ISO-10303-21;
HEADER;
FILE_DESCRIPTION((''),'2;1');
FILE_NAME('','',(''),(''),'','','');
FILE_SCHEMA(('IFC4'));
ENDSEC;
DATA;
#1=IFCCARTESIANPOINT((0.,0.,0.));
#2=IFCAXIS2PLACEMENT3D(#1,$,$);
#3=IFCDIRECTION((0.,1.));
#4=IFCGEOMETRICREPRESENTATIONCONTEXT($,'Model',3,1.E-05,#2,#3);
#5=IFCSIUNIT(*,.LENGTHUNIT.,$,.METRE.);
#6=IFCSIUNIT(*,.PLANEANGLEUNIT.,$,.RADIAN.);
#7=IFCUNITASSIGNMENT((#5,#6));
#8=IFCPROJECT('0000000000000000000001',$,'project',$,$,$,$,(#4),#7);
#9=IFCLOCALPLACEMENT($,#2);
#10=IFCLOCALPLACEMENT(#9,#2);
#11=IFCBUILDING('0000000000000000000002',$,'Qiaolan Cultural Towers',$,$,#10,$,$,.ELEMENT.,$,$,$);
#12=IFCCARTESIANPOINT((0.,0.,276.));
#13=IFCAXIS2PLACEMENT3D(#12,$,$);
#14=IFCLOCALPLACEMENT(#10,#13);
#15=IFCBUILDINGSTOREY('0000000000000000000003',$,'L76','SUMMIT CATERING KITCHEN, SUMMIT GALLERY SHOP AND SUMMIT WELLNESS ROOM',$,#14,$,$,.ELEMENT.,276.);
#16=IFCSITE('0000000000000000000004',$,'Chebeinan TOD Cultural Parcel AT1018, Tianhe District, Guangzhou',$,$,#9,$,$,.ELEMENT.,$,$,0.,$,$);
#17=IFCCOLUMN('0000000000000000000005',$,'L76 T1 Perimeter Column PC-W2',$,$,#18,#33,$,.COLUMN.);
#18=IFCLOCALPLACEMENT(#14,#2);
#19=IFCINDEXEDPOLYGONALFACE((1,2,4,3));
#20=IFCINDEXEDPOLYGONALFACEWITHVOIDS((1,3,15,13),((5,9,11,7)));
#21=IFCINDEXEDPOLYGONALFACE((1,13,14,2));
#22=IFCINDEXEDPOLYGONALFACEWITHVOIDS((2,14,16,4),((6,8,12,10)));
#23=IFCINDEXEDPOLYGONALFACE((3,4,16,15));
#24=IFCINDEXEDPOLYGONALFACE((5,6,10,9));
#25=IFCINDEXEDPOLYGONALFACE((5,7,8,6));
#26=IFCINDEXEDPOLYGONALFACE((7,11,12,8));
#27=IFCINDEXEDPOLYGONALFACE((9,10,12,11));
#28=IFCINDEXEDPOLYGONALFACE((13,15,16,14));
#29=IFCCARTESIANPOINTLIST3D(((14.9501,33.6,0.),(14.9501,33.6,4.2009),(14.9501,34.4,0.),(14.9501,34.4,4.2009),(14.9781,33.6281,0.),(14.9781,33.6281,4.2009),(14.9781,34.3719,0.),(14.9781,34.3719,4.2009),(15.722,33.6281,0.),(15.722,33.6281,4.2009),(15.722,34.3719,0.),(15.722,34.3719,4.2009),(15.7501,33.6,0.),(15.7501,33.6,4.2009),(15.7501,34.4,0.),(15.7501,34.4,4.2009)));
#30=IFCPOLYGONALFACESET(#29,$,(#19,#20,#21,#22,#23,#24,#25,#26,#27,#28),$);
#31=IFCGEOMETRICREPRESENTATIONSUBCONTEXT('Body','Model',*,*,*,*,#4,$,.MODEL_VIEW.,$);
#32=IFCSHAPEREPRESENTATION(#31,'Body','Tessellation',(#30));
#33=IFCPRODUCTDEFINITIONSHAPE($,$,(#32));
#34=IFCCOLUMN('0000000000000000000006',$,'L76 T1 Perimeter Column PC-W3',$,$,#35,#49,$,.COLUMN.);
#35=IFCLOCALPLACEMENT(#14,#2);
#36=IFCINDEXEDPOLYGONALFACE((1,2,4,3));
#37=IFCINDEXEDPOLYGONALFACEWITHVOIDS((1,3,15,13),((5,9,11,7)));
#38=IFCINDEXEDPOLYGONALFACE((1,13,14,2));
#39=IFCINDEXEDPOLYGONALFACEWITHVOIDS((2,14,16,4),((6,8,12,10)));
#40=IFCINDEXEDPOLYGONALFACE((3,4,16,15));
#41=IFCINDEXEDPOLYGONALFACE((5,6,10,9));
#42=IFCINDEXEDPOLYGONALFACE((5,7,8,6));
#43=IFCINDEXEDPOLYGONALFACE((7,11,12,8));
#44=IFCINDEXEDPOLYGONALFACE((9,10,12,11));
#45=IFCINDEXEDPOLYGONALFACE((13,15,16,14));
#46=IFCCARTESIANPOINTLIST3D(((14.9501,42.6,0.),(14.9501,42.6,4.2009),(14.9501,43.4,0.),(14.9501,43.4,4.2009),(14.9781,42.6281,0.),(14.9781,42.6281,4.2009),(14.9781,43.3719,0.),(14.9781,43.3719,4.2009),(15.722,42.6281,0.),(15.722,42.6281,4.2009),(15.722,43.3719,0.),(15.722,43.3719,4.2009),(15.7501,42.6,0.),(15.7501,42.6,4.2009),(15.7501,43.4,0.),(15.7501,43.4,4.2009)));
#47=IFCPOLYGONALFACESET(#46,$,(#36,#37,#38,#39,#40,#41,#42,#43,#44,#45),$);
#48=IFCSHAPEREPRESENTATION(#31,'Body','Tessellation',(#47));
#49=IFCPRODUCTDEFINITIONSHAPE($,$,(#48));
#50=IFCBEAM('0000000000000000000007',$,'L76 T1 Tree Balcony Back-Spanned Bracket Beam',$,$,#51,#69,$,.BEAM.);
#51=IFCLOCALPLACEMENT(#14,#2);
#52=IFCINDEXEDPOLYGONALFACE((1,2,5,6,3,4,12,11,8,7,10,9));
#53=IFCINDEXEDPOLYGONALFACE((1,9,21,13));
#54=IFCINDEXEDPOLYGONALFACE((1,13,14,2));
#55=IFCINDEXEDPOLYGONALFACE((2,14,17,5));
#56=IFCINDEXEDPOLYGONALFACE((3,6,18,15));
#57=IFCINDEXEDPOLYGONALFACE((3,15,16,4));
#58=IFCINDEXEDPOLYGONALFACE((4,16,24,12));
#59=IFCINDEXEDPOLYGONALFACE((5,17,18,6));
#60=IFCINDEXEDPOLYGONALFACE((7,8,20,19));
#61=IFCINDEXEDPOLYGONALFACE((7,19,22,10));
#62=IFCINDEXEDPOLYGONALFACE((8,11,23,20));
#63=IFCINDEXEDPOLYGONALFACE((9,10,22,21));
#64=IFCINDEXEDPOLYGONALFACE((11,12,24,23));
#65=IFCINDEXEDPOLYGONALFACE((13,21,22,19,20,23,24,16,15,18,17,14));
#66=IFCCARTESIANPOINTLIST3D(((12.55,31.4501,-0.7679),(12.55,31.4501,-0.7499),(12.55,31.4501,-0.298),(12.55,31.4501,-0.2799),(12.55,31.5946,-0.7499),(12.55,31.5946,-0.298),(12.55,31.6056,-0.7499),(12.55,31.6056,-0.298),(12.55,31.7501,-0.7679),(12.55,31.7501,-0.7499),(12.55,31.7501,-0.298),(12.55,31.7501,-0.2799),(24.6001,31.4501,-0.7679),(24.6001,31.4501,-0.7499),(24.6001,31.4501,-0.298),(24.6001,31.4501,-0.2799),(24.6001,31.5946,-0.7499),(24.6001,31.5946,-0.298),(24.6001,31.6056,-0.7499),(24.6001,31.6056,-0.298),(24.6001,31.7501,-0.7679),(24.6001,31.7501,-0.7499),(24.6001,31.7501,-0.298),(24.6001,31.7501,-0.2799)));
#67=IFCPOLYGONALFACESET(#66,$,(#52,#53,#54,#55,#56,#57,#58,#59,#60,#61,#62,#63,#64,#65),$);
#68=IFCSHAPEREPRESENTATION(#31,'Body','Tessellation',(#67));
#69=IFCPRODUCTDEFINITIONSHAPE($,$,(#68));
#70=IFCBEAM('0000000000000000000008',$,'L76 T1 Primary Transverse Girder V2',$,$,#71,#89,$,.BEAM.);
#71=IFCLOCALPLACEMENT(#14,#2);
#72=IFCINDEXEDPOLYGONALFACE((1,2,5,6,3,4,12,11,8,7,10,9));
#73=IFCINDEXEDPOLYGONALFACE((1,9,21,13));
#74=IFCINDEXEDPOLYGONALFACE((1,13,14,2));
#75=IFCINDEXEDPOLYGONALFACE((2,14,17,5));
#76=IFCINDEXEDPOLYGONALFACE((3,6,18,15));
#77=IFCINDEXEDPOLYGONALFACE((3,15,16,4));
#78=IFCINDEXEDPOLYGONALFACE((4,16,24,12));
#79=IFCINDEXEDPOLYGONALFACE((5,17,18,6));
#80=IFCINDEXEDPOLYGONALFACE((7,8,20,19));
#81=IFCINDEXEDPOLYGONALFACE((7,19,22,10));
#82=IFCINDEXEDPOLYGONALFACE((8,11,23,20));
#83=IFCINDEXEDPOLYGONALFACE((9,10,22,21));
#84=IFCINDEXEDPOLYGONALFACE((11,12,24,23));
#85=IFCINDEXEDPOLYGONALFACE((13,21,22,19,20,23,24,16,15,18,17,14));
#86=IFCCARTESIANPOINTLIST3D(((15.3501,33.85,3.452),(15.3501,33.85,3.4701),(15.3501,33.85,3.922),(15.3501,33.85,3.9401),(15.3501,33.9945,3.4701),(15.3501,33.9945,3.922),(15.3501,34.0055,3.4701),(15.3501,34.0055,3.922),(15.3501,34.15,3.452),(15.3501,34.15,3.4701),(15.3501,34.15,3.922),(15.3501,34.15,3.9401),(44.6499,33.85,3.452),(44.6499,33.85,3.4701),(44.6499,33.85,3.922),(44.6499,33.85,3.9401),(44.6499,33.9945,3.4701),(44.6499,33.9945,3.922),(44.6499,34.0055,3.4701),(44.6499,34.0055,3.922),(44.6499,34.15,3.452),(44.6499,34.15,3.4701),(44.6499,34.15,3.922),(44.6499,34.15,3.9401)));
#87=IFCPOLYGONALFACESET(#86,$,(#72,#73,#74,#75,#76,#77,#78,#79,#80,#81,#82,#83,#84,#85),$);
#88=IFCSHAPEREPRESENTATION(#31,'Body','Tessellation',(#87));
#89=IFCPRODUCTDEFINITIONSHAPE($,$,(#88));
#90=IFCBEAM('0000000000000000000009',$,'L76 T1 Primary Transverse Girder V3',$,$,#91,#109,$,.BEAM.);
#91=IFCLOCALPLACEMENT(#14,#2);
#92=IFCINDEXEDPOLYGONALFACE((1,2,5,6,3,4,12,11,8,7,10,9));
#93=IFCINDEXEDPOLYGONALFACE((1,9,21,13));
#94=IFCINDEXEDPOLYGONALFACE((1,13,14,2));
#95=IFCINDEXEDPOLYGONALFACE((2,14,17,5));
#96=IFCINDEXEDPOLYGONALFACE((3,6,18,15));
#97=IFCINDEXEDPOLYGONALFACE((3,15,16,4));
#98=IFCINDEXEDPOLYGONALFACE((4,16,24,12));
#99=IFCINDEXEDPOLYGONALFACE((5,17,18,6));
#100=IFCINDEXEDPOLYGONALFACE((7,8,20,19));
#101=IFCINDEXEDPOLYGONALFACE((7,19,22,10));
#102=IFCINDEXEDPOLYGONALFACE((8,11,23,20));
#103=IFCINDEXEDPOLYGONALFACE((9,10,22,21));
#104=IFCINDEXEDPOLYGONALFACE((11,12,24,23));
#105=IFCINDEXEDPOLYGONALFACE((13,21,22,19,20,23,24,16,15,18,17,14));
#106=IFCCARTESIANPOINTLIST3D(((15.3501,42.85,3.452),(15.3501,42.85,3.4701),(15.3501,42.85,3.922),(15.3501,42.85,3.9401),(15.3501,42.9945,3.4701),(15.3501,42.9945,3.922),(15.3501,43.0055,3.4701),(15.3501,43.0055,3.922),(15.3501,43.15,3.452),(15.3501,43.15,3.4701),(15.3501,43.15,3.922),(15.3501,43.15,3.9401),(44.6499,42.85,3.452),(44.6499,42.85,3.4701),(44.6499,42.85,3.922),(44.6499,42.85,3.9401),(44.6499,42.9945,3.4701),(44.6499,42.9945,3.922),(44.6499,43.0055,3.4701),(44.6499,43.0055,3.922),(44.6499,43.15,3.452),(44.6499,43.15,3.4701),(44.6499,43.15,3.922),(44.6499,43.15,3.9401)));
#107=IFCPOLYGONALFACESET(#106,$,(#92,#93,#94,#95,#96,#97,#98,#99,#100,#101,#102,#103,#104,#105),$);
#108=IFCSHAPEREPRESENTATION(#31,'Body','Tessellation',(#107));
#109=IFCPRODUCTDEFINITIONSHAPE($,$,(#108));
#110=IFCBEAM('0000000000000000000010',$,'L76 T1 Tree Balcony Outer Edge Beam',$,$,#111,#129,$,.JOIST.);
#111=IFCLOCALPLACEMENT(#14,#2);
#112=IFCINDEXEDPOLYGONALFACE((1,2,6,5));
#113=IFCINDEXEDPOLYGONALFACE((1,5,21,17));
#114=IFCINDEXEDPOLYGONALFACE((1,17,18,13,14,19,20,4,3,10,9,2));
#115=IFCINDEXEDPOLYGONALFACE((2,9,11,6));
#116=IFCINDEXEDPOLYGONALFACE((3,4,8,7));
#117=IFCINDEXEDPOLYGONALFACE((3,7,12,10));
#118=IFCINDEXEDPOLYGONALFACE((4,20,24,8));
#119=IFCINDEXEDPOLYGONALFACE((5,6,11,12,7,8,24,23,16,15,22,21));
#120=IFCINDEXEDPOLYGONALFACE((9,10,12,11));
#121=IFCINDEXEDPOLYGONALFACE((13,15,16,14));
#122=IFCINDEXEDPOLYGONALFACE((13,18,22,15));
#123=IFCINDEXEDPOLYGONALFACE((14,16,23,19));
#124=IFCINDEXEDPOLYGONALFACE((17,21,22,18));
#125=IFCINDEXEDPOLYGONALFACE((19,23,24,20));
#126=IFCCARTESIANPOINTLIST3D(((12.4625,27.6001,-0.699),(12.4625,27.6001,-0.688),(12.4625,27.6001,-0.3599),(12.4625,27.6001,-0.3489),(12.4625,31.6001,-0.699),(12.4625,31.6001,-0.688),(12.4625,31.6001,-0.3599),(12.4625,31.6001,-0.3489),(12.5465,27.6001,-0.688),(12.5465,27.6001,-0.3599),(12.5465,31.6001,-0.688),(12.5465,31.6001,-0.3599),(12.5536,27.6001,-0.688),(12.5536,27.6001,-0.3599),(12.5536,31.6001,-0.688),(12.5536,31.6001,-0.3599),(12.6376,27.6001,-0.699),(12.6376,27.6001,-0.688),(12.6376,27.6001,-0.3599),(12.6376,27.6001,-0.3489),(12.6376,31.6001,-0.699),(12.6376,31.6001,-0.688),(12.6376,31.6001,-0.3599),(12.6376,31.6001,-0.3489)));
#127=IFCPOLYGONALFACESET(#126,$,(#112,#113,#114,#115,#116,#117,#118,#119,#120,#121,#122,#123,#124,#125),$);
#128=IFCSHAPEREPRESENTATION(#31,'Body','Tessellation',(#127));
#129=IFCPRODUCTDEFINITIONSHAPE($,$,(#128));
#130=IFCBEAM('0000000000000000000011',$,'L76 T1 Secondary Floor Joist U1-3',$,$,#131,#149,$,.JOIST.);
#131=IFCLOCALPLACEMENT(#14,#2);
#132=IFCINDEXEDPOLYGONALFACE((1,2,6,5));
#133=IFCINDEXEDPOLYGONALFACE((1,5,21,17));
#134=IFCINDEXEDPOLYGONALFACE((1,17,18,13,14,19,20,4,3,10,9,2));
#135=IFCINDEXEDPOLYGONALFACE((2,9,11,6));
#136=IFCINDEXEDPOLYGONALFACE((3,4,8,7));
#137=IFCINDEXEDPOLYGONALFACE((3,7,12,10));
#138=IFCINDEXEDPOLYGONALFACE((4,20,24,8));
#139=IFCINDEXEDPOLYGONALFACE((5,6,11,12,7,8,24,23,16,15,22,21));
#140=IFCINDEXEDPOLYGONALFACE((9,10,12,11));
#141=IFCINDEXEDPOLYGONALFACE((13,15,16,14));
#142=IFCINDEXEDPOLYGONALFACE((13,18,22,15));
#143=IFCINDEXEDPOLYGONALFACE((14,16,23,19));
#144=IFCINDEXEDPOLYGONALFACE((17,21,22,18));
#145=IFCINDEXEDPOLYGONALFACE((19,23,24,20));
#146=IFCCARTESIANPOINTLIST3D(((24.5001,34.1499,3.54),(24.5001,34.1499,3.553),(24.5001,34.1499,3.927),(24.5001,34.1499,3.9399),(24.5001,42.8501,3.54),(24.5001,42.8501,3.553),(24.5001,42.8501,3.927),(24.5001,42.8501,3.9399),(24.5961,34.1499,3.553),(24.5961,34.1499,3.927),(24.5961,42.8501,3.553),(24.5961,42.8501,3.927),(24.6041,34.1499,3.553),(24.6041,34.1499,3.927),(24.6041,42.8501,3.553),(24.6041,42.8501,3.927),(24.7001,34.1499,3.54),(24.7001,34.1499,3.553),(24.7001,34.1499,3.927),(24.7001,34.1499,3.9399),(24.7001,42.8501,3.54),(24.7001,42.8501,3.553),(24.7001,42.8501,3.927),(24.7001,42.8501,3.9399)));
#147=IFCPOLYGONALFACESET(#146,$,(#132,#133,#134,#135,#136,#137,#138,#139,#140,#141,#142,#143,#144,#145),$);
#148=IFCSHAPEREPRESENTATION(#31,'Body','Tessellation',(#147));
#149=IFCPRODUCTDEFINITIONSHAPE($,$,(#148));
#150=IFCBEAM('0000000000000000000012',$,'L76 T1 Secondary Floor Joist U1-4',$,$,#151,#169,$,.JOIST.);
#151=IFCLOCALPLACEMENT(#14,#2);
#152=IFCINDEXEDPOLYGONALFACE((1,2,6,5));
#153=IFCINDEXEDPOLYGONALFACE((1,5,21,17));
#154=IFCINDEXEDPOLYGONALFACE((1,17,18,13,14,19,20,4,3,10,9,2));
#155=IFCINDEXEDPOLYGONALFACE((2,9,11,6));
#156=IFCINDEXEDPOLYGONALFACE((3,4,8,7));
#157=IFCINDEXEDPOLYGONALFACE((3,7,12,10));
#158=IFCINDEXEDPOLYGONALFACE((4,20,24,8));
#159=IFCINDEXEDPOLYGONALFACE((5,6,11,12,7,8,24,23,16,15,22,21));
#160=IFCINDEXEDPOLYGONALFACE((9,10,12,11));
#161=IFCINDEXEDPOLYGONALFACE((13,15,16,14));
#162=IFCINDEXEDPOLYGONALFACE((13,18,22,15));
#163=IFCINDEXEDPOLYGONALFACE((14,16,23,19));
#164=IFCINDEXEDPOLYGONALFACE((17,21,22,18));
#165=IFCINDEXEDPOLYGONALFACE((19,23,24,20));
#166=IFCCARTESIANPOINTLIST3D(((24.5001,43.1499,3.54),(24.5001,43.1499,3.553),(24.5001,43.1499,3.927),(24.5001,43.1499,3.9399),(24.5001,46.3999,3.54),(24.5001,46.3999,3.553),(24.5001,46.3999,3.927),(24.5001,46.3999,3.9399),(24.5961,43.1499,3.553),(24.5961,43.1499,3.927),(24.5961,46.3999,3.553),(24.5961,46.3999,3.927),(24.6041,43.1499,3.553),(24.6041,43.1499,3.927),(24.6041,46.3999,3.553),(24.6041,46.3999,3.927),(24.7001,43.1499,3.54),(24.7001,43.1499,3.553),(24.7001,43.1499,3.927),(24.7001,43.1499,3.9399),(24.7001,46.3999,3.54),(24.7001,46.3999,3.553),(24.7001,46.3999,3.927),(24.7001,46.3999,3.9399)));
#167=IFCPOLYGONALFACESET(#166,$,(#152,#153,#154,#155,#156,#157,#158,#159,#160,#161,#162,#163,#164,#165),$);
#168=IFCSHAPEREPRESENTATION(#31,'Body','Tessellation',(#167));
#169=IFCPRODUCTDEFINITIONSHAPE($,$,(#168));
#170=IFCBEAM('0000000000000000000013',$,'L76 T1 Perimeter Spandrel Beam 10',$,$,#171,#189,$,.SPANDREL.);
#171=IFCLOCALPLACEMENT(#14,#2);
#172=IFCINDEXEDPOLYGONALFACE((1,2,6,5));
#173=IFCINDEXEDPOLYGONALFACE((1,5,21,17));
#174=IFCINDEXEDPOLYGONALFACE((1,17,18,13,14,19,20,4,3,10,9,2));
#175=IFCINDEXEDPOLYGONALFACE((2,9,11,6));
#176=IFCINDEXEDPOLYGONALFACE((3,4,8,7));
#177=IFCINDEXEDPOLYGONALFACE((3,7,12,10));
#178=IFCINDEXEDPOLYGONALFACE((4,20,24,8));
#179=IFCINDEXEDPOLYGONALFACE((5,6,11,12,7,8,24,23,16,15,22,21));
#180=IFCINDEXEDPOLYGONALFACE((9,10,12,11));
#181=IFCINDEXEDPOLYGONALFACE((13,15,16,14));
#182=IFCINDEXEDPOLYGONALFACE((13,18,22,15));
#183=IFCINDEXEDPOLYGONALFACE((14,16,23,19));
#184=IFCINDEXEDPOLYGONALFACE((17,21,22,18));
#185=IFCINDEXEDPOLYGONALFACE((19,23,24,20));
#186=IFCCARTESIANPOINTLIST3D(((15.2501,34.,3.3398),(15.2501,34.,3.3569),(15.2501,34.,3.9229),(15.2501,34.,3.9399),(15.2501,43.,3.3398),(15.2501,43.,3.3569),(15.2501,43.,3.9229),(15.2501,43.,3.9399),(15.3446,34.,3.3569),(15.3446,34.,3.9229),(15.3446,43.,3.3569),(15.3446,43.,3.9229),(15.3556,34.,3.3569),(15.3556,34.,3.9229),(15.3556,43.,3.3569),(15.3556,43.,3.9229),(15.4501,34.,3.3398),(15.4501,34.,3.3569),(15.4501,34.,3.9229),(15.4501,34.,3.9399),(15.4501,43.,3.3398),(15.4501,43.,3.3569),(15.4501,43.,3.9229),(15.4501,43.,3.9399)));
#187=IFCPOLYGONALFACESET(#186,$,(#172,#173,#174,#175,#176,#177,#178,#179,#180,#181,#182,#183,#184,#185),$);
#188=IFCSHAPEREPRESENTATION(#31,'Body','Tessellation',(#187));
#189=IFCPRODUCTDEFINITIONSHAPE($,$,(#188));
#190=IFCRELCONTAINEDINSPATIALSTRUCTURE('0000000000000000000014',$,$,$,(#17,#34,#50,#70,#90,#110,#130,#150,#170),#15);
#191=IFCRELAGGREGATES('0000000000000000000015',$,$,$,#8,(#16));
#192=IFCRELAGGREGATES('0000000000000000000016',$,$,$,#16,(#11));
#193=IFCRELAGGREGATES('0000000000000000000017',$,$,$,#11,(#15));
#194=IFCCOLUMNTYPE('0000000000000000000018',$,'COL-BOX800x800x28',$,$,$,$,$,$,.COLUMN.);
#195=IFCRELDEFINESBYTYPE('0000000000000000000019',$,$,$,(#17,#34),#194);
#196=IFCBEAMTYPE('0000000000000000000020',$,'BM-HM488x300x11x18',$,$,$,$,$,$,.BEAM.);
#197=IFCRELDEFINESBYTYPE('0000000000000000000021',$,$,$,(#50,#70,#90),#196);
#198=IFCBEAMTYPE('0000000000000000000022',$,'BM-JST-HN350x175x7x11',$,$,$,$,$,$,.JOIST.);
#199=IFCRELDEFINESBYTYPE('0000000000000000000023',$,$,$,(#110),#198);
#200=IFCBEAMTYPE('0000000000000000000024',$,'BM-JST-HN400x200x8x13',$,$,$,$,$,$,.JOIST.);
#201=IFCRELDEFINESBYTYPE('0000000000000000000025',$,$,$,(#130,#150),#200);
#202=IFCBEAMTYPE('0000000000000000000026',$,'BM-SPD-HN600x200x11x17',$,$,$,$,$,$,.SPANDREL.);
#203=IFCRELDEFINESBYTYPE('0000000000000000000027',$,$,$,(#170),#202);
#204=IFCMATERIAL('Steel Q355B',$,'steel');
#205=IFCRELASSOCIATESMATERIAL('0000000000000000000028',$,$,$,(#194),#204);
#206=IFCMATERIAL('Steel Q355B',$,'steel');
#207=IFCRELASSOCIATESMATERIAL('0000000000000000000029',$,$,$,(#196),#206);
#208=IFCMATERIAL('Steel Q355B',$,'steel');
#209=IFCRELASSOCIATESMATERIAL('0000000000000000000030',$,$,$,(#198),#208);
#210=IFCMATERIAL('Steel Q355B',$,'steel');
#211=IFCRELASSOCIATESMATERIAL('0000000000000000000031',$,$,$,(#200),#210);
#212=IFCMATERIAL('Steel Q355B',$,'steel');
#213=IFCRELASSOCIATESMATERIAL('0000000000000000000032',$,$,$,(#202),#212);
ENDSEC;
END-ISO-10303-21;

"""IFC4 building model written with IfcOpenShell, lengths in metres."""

from ifc_helpers import new_model, si_unit, direction, frame, origin, origin_2d, place, context, subcontext, project, spatial, hollow_rectangle, i_section, extrude, material, material_profile, profile_set, type_object, element, save


model = new_model("IFC4")

# Units and contexts
model_context = context("Model", 3, precision=1e-05, world=origin(), true_north=direction((0.0, 1.0)))
body_context = subcontext(model_context, "Body", "Model", "MODEL_VIEW")
ifc_project = project(units=[si_unit("LENGTHUNIT", "METRE"), si_unit("PLANEANGLEUNIT", "RADIAN")], contexts=[model_context])

# Site, building, storey
site_placement = place(None, origin())
site = spatial("IfcSite", under=ifc_project, at=site_placement, Name="Chebeinan TOD Cultural Parcel AT1018, Tianhe District, Guangzhou", CompositionType="ELEMENT", RefElevation=0.0)
building_placement = place(site_placement, origin())
building = spatial("IfcBuilding", under=site, at=building_placement, Name="Qiaolan Cultural Towers", CompositionType="ELEMENT")
storey_placement = place(building_placement, frame((0.0, 0.0, 276.0)))
storey = spatial("IfcBuildingStorey", under=building, at=storey_placement, Name="L76", Description="SUMMIT CATERING KITCHEN, SUMMIT GALLERY SHOP AND SUMMIT WELLNESS ROOM", CompositionType="ELEMENT", Elevation=276.0)

# Columns
ifc_material_1 = material(Name="Steel Q355B", Category="steel")
ifc_material_profile_1 = material_profile(ifc_material_1, hollow_rectangle(XDim=0.8, YDim=0.8, WallThickness=0.0281, at=origin_2d()), Name="BOX800x800x28")
ifc_profile_set_1 = profile_set([ifc_material_profile_1], Name="Steel Q355B")
column_type = type_object("IfcColumnType", Name="COL-BOX800x800x28", PredefinedType="COLUMN", material=ifc_profile_set_1)
for number, where, z_axis, x_axis, name in (
    (1, (15.3501, 34.0, 0.0), (0.0, 0.0, 1.0), (1.0, 0.0, 0.0), "L76 T1 Perimeter Column PC-W2"),
    (2, (15.3501, 43.0, 0.0), (0.0, 0.0, 1.0), (1.0, 0.0, 0.0), "L76 T1 Perimeter Column PC-W3"),
):
    element("IfcColumn", number, at=place(storey_placement, frame(where, z_axis=z_axis, x_axis=x_axis)), inside=storey, type_object=column_type, Name=name, PredefinedType="COLUMN", context=body_context, shape_type="SweptSolid", body=[
        extrude(hollow_rectangle(XDim=0.8, YDim=0.8, WallThickness=0.0281, at=origin_2d()), origin(), (0.0, 0.0, 1.0), 4.2009),
    ])

# Beams
ifc_material_2 = material(Name="Steel Q355B", Category="steel")
ifc_material_profile_2 = material_profile(ifc_material_2, i_section(OverallWidth=0.3, OverallDepth=0.488, WebThickness=0.011, FlangeThickness=0.0181, at=origin_2d()), Name="HM488x300x11x18")
ifc_profile_set_2 = profile_set([ifc_material_profile_2], Name="Steel Q355B")
beam_type_1 = type_object("IfcBeamType", Name="BM-HM488x300x11x18", PredefinedType="BEAM", material=ifc_profile_set_2)
beam_1_placement = place(storey_placement, frame((24.6001, 31.6001, -0.5239), z_axis=(-1.0, 0.0, 0.0), x_axis=(0.0, -1.0, 0.0)))
element("IfcBeam", 3, at=beam_1_placement, inside=storey, type_object=beam_type_1, Name="L76 T1 Tree Balcony Back-Spanned Bracket Beam", PredefinedType="BEAM", context=body_context, shape_type="SweptSolid", body=[
    extrude(i_section(OverallWidth=0.3, OverallDepth=0.488, WebThickness=0.011, FlangeThickness=0.0181, at=origin_2d()), origin(), (0.0, 0.0, 1.0), 12.05),
])
for number, where, z_axis, x_axis, name in (
    (4, (15.3501, 34.0, 3.696), (1.0, 0.0, 0.0), (0.0, 1.0, 0.0), "L76 T1 Primary Transverse Girder V2"),
    (5, (15.3501, 43.0, 3.696), (1.0, 0.0, 0.0), (0.0, 1.0, 0.0), "L76 T1 Primary Transverse Girder V3"),
):
    element("IfcBeam", number, at=place(storey_placement, frame(where, z_axis=z_axis, x_axis=x_axis)), inside=storey, type_object=beam_type_1, Name=name, PredefinedType="BEAM", context=body_context, shape_type="SweptSolid", body=[
        extrude(i_section(OverallWidth=0.3, OverallDepth=0.488, WebThickness=0.011, FlangeThickness=0.0181, at=origin_2d()), origin(), (0.0, 0.0, 1.0), 29.2998),
    ])
ifc_material_3 = material(Name="Steel Q355B", Category="steel")
ifc_material_profile_3 = material_profile(ifc_material_3, i_section(OverallWidth=0.175, OverallDepth=0.3501, WebThickness=0.0071, FlangeThickness=0.011, at=origin_2d()), Name="HN350x175x7x11")
ifc_profile_set_3 = profile_set([ifc_material_profile_3], Name="Steel Q355B")
beam_type_2 = type_object("IfcBeamType", Name="BM-JST-HN350x175x7x11", PredefinedType="JOIST", material=ifc_profile_set_3)
beam_2_placement = place(storey_placement, frame((12.55, 27.6001, -0.5239), z_axis=(0.0, 1.0, 0.0), x_axis=(-1.0, 0.0, 0.0)))
element("IfcBeam", 6, at=beam_2_placement, inside=storey, type_object=beam_type_2, Name="L76 T1 Tree Balcony Outer Edge Beam", PredefinedType="JOIST", context=body_context, shape_type="SweptSolid", body=[
    extrude(i_section(OverallWidth=0.175, OverallDepth=0.3501, WebThickness=0.0071, FlangeThickness=0.011, at=origin_2d()), origin(), (0.0, 0.0, 1.0), 4.0),
])
ifc_material_4 = material(Name="Steel Q355B", Category="steel")
ifc_material_profile_4 = material_profile(ifc_material_4, i_section(OverallWidth=0.2, OverallDepth=0.3999, WebThickness=0.0081, FlangeThickness=0.0129, at=origin_2d()), Name="HN400x200x8x13")
ifc_profile_set_4 = profile_set([ifc_material_profile_4], Name="Steel Q355B")
beam_type_3 = type_object("IfcBeamType", Name="BM-JST-HN400x200x8x13", PredefinedType="JOIST", material=ifc_profile_set_4)
beam_3_placement = place(storey_placement, frame((24.6001, 34.1499, 3.74), z_axis=(0.0, 1.0, 0.0), x_axis=(-1.0, 0.0, 0.0)))
element("IfcBeam", 7, at=beam_3_placement, inside=storey, type_object=beam_type_3, Name="L76 T1 Secondary Floor Joist U1-3", PredefinedType="JOIST", context=body_context, shape_type="SweptSolid", body=[
    extrude(i_section(OverallWidth=0.2, OverallDepth=0.3999, WebThickness=0.0081, FlangeThickness=0.0129, at=origin_2d()), origin(), (0.0, 0.0, 1.0), 8.7002),
])
beam_4_placement = place(storey_placement, frame((24.6001, 43.1499, 3.74), z_axis=(0.0, 1.0, 0.0), x_axis=(-1.0, 0.0, 0.0)))
element("IfcBeam", 8, at=beam_4_placement, inside=storey, type_object=beam_type_3, Name="L76 T1 Secondary Floor Joist U1-4", PredefinedType="JOIST", context=body_context, shape_type="SweptSolid", body=[
    extrude(i_section(OverallWidth=0.2, OverallDepth=0.3999, WebThickness=0.0081, FlangeThickness=0.0129, at=origin_2d()), origin(), (0.0, 0.0, 1.0), 3.25),
])
ifc_material_5 = material(Name="Steel Q355B", Category="steel")
ifc_material_profile_5 = material_profile(ifc_material_5, i_section(OverallWidth=0.2, OverallDepth=0.6001, WebThickness=0.011, FlangeThickness=0.0171, at=origin_2d()), Name="HN600x200x11x17")
ifc_profile_set_5 = profile_set([ifc_material_profile_5], Name="Steel Q355B")
beam_type_4 = type_object("IfcBeamType", Name="BM-SPD-HN600x200x11x17", PredefinedType="SPANDREL", material=ifc_profile_set_5)
for number, where, z_axis, x_axis, name in (
    (9, (15.3501, 43.0, 3.6399), (0.0, -1.0, 0.0), (1.0, 0.0, 0.0), "L76 T1 Perimeter Spandrel Beam 10"),
):
    element("IfcBeam", number, at=place(storey_placement, frame(where, z_axis=z_axis, x_axis=x_axis)), inside=storey, type_object=beam_type_4, Name=name, PredefinedType="SPANDREL", context=body_context, shape_type="SweptSolid", body=[
        extrude(i_section(OverallWidth=0.2, OverallDepth=0.6001, WebThickness=0.011, FlangeThickness=0.0171, at=origin_2d()), origin(), (0.0, 0.0, 1.0), 9.0),
    ])

save(model, "model.ifc")
